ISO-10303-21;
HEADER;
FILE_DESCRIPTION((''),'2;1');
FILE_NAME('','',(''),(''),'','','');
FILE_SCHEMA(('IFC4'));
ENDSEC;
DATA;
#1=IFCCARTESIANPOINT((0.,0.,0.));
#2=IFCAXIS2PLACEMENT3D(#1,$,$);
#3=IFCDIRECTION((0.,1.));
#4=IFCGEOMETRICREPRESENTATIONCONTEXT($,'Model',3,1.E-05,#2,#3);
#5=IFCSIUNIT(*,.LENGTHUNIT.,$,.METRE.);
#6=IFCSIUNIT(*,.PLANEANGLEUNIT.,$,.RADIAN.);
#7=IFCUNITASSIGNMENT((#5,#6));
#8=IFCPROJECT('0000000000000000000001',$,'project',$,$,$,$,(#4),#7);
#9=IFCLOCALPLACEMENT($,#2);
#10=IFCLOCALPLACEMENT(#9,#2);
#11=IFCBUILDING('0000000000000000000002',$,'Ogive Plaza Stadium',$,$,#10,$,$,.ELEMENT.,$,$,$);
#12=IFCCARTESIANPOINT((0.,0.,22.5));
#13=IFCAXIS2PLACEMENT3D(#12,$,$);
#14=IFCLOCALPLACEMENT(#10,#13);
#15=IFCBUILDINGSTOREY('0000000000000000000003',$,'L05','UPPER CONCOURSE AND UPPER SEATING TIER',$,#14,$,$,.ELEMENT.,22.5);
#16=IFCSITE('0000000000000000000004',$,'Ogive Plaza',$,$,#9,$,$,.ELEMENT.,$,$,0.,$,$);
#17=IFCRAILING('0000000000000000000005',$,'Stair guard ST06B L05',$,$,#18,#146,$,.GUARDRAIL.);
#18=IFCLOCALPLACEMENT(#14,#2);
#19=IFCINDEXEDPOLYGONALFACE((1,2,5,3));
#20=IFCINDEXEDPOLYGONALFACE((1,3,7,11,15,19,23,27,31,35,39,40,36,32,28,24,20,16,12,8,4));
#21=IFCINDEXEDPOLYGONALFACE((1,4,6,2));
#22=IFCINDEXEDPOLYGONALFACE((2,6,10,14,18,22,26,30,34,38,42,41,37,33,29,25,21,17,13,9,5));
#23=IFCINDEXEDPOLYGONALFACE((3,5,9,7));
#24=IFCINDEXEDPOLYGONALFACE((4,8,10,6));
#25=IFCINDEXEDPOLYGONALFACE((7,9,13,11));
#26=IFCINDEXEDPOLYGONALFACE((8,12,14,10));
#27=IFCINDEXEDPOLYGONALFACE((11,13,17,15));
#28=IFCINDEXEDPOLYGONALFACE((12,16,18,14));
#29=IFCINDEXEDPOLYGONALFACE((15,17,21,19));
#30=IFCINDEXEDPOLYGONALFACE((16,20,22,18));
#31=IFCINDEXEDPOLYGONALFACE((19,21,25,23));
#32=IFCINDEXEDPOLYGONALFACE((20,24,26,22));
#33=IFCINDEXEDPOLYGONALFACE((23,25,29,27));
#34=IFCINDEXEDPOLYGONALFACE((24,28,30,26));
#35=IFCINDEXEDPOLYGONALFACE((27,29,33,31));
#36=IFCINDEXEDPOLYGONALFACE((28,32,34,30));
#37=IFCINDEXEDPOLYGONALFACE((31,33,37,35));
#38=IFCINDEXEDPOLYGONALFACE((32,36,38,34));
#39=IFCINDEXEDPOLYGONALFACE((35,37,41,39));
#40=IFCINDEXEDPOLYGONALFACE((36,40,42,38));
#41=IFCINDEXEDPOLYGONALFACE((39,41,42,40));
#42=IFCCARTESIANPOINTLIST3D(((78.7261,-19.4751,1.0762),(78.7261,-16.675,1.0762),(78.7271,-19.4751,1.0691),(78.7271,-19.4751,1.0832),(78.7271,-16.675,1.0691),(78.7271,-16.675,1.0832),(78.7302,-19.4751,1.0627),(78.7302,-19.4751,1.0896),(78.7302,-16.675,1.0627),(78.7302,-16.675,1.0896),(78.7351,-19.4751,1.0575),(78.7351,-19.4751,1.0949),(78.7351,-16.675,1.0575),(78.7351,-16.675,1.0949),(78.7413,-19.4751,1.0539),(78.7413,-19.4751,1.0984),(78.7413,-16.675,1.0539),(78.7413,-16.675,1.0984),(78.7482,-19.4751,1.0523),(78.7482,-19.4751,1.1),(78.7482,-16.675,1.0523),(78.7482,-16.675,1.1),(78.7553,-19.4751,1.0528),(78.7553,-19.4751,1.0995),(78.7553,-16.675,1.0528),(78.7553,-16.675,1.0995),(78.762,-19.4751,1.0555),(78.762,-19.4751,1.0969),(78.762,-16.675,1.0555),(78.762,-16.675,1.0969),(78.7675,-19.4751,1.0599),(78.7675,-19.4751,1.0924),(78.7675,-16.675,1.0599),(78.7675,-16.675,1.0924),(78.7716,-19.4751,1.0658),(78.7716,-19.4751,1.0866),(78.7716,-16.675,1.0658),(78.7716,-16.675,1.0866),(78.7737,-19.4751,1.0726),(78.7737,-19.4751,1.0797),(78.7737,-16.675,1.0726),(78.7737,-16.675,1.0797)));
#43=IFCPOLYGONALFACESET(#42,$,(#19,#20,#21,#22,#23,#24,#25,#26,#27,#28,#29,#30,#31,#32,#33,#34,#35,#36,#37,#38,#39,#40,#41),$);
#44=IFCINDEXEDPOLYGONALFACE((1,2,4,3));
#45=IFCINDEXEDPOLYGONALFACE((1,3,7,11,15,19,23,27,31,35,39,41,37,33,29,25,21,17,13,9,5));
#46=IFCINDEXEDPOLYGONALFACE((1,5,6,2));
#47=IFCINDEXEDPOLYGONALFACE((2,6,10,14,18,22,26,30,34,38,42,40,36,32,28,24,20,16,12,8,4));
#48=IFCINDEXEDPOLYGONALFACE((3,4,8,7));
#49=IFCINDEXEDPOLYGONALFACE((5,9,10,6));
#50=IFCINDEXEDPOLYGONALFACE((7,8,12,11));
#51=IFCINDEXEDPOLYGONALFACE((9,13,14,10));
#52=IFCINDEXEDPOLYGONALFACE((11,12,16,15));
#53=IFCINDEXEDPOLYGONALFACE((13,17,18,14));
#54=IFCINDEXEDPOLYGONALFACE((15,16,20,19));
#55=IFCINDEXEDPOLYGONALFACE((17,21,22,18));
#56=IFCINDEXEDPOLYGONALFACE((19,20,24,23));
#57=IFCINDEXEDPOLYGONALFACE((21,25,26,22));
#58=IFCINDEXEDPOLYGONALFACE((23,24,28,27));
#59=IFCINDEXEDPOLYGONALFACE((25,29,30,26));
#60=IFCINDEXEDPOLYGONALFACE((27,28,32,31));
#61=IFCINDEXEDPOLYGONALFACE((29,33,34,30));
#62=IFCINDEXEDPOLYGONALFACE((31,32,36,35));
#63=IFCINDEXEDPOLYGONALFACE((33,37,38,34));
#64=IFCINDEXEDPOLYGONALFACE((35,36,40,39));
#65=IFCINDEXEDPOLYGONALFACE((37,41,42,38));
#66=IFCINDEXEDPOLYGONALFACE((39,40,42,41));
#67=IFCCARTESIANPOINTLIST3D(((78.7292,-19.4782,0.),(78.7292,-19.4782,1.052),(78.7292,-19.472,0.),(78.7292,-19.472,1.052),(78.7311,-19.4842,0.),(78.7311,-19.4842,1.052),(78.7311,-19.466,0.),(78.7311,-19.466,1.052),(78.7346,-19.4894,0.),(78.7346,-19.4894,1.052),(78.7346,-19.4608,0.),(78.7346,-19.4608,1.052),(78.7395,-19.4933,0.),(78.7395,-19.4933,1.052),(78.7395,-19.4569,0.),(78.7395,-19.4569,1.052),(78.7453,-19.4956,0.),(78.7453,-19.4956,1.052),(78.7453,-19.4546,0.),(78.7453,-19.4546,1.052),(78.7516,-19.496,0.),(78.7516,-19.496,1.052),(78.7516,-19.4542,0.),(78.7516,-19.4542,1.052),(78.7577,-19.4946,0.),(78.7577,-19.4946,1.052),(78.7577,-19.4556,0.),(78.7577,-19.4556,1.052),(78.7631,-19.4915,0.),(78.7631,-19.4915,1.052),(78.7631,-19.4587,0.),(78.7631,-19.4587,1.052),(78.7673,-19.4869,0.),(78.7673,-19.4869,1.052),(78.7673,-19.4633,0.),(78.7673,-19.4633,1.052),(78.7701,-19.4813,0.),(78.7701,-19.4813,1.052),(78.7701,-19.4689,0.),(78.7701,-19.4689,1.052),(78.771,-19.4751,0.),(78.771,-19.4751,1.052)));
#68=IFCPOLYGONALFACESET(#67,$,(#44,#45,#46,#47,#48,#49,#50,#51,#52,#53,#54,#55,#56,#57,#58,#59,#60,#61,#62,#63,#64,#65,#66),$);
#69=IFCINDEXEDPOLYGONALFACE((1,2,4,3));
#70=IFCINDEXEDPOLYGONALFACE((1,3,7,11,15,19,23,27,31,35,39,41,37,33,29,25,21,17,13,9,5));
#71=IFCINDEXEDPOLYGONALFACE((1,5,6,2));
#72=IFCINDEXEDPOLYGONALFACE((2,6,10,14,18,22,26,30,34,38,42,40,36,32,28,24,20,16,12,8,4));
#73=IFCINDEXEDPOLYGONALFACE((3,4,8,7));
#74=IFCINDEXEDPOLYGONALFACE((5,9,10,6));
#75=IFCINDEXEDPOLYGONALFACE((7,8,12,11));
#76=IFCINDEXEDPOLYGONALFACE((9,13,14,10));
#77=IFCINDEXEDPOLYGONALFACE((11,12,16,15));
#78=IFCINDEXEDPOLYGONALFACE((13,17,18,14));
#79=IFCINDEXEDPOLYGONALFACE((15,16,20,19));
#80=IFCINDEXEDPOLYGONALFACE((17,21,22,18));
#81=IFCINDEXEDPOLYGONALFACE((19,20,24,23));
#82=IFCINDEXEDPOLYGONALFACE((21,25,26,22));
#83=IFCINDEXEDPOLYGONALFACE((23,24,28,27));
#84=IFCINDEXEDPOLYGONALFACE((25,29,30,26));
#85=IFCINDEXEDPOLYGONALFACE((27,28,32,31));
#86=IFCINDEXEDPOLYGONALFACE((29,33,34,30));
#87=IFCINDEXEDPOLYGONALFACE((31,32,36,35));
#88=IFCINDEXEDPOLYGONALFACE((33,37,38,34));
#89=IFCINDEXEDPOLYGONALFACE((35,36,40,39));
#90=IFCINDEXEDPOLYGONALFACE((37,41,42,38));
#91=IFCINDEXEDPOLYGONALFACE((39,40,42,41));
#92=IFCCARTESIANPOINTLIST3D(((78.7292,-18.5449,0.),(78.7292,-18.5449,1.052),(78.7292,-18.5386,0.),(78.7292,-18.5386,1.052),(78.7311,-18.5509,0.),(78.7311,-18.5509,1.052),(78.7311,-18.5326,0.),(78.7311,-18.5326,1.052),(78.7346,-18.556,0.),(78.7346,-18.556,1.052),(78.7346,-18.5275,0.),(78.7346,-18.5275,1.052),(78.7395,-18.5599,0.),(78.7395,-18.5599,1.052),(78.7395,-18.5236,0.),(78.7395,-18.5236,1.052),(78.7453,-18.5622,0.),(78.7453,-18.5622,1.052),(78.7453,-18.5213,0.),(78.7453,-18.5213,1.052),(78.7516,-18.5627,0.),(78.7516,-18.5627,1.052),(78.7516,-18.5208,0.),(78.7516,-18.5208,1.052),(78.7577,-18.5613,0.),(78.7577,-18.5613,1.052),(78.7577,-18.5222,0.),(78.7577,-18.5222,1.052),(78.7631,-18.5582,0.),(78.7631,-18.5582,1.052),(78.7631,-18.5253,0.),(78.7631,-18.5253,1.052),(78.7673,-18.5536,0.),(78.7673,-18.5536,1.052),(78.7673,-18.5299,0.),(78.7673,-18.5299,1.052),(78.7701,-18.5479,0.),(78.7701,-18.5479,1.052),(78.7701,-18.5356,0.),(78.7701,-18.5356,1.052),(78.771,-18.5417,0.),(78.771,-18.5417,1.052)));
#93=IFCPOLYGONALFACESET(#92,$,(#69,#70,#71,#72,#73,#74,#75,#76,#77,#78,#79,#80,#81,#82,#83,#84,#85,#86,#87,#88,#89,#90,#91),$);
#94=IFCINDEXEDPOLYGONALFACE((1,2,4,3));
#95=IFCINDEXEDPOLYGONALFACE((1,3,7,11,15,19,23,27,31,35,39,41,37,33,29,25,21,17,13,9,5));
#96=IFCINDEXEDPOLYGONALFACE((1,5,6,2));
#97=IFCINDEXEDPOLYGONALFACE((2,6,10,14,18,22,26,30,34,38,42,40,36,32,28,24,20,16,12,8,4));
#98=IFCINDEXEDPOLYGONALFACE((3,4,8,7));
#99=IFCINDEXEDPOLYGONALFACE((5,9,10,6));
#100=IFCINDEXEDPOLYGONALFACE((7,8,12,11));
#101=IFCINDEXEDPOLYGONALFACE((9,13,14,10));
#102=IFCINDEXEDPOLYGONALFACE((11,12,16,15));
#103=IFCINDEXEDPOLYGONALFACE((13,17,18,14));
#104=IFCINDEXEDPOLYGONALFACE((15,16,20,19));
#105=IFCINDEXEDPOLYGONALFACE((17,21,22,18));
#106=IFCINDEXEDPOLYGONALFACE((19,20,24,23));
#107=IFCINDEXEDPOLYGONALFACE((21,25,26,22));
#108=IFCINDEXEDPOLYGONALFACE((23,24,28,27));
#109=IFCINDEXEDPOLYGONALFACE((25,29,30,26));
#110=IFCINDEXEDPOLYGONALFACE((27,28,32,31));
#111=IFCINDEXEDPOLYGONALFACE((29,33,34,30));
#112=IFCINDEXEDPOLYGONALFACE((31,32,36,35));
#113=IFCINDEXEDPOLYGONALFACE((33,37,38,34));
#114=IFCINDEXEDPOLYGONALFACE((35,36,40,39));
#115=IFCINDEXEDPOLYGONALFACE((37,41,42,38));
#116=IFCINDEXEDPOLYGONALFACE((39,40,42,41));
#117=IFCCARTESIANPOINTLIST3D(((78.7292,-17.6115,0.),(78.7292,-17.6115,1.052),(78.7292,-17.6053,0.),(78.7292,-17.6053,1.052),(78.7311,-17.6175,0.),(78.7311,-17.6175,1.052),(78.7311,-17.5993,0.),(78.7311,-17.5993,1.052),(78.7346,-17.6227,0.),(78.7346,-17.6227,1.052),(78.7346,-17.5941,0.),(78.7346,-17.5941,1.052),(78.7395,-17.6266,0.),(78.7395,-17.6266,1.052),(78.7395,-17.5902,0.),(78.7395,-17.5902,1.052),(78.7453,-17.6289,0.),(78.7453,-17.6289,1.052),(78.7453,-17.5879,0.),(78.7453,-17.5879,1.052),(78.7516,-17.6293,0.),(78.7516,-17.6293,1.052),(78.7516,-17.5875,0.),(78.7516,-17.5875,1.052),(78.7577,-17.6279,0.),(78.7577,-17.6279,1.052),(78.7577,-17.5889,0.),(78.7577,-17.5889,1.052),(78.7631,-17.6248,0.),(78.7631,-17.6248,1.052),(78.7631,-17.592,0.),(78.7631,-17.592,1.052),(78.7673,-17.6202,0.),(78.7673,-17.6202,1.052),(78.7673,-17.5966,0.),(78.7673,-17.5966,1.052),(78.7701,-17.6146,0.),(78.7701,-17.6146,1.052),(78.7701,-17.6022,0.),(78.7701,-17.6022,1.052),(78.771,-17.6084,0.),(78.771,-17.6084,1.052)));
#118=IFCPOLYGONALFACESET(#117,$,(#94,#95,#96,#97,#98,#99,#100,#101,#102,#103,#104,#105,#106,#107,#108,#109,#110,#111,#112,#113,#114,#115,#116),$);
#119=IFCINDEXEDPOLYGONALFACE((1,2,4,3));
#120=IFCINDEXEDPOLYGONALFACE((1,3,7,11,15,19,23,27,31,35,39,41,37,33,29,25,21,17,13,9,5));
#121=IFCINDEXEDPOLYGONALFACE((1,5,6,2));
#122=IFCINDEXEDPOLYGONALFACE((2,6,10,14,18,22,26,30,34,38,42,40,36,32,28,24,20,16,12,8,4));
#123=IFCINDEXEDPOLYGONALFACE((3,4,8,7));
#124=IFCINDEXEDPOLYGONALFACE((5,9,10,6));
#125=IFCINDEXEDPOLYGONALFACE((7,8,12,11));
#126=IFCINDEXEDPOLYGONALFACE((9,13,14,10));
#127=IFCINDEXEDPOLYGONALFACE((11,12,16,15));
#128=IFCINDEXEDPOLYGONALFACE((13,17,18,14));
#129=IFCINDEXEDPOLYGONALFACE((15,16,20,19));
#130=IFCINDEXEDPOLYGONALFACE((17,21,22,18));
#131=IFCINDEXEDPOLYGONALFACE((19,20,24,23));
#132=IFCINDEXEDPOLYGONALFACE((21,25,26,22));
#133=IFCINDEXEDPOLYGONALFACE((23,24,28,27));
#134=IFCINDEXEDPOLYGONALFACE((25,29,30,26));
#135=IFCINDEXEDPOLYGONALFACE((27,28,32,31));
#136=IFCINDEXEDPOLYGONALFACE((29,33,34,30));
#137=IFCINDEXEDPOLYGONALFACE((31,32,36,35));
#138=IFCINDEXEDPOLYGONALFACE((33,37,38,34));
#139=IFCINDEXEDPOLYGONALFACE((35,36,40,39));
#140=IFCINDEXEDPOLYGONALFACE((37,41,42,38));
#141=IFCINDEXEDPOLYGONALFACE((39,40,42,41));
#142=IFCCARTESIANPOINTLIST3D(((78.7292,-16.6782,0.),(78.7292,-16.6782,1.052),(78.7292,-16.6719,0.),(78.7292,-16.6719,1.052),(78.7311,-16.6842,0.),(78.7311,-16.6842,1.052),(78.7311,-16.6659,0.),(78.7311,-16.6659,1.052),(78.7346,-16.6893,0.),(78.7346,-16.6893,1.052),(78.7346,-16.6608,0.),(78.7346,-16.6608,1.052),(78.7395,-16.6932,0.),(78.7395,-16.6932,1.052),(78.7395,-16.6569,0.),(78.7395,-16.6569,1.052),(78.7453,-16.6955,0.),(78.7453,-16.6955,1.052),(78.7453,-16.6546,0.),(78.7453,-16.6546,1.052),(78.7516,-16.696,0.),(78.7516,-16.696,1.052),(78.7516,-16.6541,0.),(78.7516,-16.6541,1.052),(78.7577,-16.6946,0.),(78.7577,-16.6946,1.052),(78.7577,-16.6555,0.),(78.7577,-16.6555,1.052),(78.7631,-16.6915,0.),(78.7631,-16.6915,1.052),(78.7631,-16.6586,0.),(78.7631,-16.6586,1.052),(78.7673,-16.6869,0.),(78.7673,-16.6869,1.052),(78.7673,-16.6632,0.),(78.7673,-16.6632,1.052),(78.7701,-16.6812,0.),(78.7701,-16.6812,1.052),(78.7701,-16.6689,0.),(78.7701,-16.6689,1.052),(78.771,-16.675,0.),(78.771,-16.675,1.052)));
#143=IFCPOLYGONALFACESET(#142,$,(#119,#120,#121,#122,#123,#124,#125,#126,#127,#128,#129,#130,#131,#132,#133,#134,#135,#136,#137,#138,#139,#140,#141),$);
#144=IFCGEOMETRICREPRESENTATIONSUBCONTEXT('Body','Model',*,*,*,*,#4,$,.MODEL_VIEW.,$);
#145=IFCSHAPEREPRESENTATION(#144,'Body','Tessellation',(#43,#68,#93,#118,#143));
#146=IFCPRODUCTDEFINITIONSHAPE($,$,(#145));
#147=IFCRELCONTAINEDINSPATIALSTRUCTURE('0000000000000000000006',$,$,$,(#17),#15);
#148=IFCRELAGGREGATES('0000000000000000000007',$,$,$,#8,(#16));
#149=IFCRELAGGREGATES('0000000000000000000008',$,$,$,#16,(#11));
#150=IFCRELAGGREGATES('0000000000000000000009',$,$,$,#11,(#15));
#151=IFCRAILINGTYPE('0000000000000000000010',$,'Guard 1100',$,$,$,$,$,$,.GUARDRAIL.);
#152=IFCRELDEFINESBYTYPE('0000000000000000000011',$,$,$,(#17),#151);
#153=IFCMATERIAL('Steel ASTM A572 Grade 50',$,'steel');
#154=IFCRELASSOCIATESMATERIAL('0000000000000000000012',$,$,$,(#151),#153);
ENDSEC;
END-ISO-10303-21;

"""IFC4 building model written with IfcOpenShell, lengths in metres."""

from ifc_helpers import new_model, si_unit, direction, frame, origin, origin_2d, place, context, subcontext, project, spatial, circle, extrude, material, type_object, element, save


model = new_model("IFC4")

# Units and contexts
model_context = context("Model", 3, precision=1e-05, world=origin(), true_north=direction((0.0, 1.0)))
body_context = subcontext(model_context, "Body", "Model", "MODEL_VIEW")
ifc_project = project(units=[si_unit("LENGTHUNIT", "METRE"), si_unit("PLANEANGLEUNIT", "RADIAN")], contexts=[model_context])

# Site, building, storey
site_placement = place(None, origin())
site = spatial("IfcSite", under=ifc_project, at=site_placement, Name="Ogive Plaza", CompositionType="ELEMENT", RefElevation=0.0)
building_placement = place(site_placement, origin())
building = spatial("IfcBuilding", under=site, at=building_placement, Name="Ogive Plaza Stadium", CompositionType="ELEMENT")
storey_placement = place(building_placement, frame((0.0, 0.0, 22.5)))
storey = spatial("IfcBuildingStorey", under=building, at=storey_placement, Name="L05", Description="UPPER CONCOURSE AND UPPER SEATING TIER", CompositionType="ELEMENT", Elevation=22.5)

# Railing
ifc_material_1 = material(Name="Steel ASTM A572 Grade 50", Category="steel")
railing_type_1 = type_object("IfcRailingType", Name="Guard 1100", PredefinedType="GUARDRAIL", material=ifc_material_1)
for number, where, name in (
    (1, (78.75, -19.4751, 0.0), "Stair guard ST06B L05"),
):
    element("IfcRailing", number, at=place(storey_placement, frame(where)), inside=storey, type_object=railing_type_1, Name=name, PredefinedType="GUARDRAIL", context=body_context, shape_type="SweptSolid", body=[
        extrude(circle(Radius=0.0239, at=origin_2d()), frame((0.0, 0.0, 1.0762), z_axis=(0.0, 1.0, 0.0), x_axis=(-1.0, 0.0, 0.0)), (0.0, 0.0, 1.0), 2.8),
        extrude(circle(Radius=0.021, at=origin_2d()), origin(), (0.0, 0.0, 1.0), 1.052),
        extrude(circle(Radius=0.021, at=origin_2d()), frame((0.0, 0.9333, 0.0)), (0.0, 0.0, 1.0), 1.052),
        extrude(circle(Radius=0.021, at=origin_2d()), frame((0.0, 1.8667, 0.0)), (0.0, 0.0, 1.0), 1.052),
        extrude(circle(Radius=0.021, at=origin_2d()), frame((0.0, 2.8, 0.0)), (0.0, 0.0, 1.0), 1.052),
    ])

save(model, "model.ifc")
